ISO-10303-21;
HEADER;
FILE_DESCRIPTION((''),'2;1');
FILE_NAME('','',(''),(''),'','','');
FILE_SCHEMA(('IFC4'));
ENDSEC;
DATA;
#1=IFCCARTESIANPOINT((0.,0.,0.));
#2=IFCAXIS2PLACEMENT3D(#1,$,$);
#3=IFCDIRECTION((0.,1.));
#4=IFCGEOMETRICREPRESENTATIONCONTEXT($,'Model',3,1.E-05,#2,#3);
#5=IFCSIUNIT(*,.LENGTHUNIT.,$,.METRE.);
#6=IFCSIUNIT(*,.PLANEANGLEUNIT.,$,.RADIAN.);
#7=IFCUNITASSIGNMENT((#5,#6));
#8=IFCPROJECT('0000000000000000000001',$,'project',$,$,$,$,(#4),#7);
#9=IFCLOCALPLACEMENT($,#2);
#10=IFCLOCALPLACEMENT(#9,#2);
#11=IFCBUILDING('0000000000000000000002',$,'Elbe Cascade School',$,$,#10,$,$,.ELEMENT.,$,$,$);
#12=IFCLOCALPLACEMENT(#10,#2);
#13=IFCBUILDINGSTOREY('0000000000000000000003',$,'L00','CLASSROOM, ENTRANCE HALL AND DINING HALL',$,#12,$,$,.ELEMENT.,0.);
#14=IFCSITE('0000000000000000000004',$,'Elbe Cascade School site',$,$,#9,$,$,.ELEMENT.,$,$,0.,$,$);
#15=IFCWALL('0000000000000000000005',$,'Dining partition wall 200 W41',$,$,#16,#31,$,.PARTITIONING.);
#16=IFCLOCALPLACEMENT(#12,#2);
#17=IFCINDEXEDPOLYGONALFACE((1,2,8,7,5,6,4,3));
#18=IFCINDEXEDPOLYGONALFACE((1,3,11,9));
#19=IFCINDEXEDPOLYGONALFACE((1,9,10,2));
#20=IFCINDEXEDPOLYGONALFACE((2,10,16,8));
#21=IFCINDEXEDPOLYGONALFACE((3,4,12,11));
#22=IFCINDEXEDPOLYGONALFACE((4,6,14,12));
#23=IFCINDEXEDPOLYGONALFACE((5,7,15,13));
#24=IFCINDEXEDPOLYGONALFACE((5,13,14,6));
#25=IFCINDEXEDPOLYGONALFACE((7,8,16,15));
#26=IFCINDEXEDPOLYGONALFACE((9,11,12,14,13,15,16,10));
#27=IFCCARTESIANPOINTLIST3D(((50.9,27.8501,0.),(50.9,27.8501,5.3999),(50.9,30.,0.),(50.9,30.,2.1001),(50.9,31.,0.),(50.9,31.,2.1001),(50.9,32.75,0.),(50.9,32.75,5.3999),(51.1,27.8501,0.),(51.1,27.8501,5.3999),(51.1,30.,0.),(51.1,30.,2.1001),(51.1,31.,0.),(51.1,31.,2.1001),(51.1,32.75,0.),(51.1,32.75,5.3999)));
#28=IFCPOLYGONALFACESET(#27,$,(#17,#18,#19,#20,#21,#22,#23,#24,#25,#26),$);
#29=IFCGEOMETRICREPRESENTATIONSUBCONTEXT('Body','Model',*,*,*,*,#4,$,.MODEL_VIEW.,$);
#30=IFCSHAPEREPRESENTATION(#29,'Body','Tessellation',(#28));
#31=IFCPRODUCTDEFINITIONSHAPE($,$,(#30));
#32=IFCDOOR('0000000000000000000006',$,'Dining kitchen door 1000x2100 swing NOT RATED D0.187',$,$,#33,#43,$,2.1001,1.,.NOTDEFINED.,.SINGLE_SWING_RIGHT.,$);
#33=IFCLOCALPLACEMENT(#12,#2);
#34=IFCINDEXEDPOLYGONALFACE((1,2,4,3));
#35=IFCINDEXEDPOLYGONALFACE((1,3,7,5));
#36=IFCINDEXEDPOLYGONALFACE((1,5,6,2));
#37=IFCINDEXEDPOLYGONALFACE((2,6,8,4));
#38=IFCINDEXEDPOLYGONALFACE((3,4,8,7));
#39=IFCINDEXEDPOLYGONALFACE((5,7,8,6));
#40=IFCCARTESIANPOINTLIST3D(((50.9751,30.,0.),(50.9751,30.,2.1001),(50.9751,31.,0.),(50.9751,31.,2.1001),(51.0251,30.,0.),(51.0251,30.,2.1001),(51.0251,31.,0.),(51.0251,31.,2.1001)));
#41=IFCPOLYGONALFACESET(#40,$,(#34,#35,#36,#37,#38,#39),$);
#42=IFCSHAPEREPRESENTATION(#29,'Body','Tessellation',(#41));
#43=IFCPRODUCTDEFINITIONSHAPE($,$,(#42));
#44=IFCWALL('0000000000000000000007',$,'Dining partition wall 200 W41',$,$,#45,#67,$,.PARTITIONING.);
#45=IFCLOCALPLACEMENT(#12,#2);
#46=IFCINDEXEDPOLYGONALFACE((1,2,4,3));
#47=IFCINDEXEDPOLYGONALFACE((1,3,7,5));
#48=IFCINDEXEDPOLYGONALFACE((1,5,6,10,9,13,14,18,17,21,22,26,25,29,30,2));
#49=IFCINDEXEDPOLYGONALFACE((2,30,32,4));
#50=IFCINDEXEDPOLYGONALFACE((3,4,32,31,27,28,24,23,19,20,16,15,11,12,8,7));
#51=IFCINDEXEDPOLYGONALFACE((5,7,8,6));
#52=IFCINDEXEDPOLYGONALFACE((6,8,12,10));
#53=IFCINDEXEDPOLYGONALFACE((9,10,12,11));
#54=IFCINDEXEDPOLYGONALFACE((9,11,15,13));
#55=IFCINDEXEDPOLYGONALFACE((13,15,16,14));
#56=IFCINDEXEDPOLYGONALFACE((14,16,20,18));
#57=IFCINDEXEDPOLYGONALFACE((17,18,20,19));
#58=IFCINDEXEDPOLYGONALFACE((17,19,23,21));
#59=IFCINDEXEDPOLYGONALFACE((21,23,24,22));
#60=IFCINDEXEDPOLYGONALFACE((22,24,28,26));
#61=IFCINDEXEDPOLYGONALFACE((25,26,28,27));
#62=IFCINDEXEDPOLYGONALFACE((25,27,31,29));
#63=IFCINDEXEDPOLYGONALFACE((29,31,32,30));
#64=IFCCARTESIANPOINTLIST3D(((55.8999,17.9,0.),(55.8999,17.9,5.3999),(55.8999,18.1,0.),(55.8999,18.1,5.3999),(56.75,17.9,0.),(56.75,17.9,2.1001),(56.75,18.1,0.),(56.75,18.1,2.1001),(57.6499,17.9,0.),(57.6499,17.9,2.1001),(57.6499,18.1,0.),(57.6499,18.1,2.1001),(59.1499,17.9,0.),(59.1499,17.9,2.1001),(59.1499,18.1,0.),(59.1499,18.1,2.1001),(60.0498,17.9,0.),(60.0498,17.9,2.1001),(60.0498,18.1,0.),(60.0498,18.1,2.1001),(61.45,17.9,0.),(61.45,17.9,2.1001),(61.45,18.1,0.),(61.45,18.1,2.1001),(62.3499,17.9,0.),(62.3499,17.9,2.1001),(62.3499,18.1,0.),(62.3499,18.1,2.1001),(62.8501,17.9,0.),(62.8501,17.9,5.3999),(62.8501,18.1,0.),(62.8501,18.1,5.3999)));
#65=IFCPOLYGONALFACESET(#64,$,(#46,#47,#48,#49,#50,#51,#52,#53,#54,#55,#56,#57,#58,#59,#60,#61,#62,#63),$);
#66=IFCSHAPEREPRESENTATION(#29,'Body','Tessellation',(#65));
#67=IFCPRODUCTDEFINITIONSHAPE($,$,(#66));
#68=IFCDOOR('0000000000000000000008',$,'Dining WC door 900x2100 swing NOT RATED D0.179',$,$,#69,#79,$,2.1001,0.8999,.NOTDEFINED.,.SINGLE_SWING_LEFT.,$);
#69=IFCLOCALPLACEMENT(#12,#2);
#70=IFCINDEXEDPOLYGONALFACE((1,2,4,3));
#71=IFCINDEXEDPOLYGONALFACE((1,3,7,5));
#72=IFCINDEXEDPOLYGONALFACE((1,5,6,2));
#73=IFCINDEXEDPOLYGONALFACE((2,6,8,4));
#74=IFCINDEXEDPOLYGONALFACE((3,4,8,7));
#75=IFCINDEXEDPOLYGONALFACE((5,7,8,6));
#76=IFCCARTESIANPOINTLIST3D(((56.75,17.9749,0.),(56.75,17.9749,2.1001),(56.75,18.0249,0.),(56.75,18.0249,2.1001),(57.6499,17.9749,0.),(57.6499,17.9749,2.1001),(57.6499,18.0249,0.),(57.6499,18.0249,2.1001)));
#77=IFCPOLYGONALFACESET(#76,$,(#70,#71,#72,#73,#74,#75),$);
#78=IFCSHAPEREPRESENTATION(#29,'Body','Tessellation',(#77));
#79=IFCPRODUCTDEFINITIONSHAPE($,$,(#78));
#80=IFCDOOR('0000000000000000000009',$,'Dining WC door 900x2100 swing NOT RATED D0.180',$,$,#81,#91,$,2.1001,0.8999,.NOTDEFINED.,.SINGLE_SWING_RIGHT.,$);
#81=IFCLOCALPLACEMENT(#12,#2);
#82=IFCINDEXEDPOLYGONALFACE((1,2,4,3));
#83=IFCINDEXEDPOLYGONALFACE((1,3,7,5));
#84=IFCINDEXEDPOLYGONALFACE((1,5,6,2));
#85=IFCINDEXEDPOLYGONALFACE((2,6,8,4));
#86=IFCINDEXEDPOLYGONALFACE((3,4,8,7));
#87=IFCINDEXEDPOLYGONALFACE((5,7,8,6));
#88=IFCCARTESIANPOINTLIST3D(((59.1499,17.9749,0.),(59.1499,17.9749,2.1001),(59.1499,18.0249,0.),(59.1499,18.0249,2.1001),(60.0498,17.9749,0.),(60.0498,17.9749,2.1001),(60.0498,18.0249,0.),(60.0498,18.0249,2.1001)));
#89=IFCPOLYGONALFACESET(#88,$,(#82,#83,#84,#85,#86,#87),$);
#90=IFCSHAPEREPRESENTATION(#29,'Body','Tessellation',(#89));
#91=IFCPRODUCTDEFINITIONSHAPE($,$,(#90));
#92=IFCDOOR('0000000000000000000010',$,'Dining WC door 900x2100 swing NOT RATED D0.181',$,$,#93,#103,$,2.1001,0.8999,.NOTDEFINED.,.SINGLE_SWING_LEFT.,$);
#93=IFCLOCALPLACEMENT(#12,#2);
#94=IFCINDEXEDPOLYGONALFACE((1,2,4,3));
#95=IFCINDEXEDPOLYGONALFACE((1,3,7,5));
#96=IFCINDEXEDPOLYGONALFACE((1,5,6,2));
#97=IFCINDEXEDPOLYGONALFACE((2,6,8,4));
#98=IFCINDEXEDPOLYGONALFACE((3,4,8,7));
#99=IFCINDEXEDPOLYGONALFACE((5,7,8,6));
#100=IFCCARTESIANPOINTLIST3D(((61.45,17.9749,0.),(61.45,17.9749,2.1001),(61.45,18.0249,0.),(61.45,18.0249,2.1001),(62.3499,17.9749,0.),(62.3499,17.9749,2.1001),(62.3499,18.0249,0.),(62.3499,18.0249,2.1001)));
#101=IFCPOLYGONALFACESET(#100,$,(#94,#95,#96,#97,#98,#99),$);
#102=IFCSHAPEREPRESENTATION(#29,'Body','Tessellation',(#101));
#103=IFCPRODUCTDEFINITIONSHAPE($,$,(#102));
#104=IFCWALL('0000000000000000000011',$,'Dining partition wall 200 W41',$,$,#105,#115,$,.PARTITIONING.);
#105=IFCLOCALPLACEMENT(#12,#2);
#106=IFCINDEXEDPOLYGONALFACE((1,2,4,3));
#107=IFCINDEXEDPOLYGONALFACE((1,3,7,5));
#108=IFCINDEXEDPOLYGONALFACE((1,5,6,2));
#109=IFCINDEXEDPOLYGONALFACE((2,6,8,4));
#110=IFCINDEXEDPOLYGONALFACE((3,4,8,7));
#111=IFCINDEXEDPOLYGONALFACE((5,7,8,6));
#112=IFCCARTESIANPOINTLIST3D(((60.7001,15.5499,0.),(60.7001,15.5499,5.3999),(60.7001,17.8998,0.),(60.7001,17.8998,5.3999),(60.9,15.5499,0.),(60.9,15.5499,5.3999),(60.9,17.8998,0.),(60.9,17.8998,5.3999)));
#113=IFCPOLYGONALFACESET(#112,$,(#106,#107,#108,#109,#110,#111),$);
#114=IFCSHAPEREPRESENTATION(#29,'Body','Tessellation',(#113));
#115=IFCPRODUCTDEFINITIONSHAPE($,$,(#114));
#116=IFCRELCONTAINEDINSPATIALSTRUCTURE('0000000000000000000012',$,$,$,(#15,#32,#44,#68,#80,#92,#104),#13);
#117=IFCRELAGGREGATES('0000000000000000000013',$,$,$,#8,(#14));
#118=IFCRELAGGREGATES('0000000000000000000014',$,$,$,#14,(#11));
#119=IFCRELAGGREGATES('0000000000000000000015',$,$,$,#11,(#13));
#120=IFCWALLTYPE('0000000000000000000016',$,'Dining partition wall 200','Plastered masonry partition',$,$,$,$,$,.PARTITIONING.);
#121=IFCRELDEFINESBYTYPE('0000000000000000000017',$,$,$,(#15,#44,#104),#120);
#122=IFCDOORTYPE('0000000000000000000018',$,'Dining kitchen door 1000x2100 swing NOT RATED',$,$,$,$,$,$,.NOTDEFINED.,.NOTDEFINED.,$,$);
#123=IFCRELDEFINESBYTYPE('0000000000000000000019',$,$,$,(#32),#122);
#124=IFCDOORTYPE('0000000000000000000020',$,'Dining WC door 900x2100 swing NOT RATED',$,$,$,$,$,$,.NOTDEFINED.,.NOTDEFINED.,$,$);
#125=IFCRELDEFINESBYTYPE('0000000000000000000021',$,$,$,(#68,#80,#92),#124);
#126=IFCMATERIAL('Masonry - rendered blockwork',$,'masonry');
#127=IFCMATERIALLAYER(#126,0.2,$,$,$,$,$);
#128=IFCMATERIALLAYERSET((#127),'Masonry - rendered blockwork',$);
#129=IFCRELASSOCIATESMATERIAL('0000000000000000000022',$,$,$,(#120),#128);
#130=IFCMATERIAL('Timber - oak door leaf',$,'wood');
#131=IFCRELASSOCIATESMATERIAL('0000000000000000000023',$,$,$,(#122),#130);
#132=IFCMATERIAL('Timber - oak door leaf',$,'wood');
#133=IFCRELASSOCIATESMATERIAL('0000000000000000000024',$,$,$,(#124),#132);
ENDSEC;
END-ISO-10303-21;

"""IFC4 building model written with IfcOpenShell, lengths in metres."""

from ifc_helpers import new_model, si_unit, direction, frame, frame_2d, origin, place, context, subcontext, project, spatial, rectangle, extrude, material, layer, layer_set, type_object, element, fill, save


model = new_model("IFC4")

# Units and contexts
model_context = context("Model", 3, precision=1e-05, world=origin(), true_north=direction((0.0, 1.0)))
body_context = subcontext(model_context, "Body", "Model", "MODEL_VIEW")
ifc_project = project(units=[si_unit("LENGTHUNIT", "METRE"), si_unit("PLANEANGLEUNIT", "RADIAN")], contexts=[model_context])

# Site, building, storey
site_placement = place(None, origin())
site = spatial("IfcSite", under=ifc_project, at=site_placement, Name="Elbe Cascade School site", CompositionType="ELEMENT", RefElevation=0.0)
building_placement = place(site_placement, origin())
building = spatial("IfcBuilding", under=site, at=building_placement, Name="Elbe Cascade School", CompositionType="ELEMENT")
storey_placement = place(building_placement, origin())
storey = spatial("IfcBuildingStorey", under=building, at=storey_placement, Name="L00", Description="CLASSROOM, ENTRANCE HALL AND DINING HALL", CompositionType="ELEMENT", Elevation=0.0)

# Wall, opening, door
ifc_material_1 = material(Name="Masonry - rendered blockwork", Category="masonry")
ifc_layer_1 = layer(ifc_material_1, 0.2)
ifc_layer_set_1 = layer_set([ifc_layer_1], Name="Masonry - rendered blockwork")
wall_type = type_object("IfcWallType", Name="Dining partition wall 200", Description="Plastered masonry partition", PredefinedType="PARTITIONING", material=ifc_layer_set_1)
wall_1_placement = place(storey_placement, frame((51.0, 27.8501, 0.0), z_axis=(0.0, 0.0, 1.0), x_axis=(0.0, 1.0, 0.0)))
wall_1 = element("IfcWall", 1, at=wall_1_placement, inside=storey, type_object=wall_type, Name="Dining partition wall 200 W41", PredefinedType="PARTITIONING", context=body_context, shape_type="SweptSolid", body=[
    extrude(rectangle(XDim=4.8999, YDim=0.2, at=frame_2d((2.45, 0.0))), origin(), (0.0, 0.0, 1.0), 5.3999),
])
opening_1_placement = place(wall_1_placement, frame((2.1499, 0.0, 0.0)))
opening_1 = element("IfcOpeningElement", 2, at=opening_1_placement, cuts=wall_1, PredefinedType="OPENING", context=body_context, shape_type="SweptSolid", body=[
    extrude(rectangle(XDim=1.0, YDim=2.1001, at=frame_2d((0.5, 1.05))), frame((0.0, 0.1099, 0.0), z_axis=(0.0, -1.0, 0.0), x_axis=(1.0, 0.0, 0.0)), (0.0, 0.0, 1.0), 0.22),
])
ifc_material_2 = material(Name="Timber - oak door leaf", Category="wood")
door_type_1 = type_object("IfcDoorType", Name="Dining kitchen door 1000x2100 swing NOT RATED", OperationType="NOTDEFINED", PredefinedType="NOTDEFINED", material=ifc_material_2)
door_1_placement = place(opening_1_placement, origin())
door_1 = element("IfcDoor", 3, at=door_1_placement, inside=storey, type_object=door_type_1, Name="Dining kitchen door 1000x2100 swing NOT RATED D0.187", OperationType="SINGLE_SWING_RIGHT", OverallHeight=2.1001, OverallWidth=1.0, PredefinedType="NOTDEFINED", context=body_context, shape_type="SweptSolid", body=[
    extrude(rectangle(XDim=1.0, YDim=2.1001, at=frame_2d((0.5, 1.05))), frame((0.0, 0.0249, 0.0), z_axis=(0.0, -1.0, 0.0), x_axis=(1.0, 0.0, 0.0)), (0.0, 0.0, 1.0), 0.05),
])
fill(opening_1, door_1)

# Wall, openings, doors
wall_2_placement = place(storey_placement, frame((55.8999, 18.0, 0.0), z_axis=(0.0, 0.0, 1.0), x_axis=(1.0, 0.0, 0.0)))
wall_2 = element("IfcWall", 4, at=wall_2_placement, inside=storey, type_object=wall_type, Name="Dining partition wall 200 W41", PredefinedType="PARTITIONING", context=body_context, shape_type="SweptSolid", body=[
    extrude(rectangle(XDim=6.9502, YDim=0.2, at=frame_2d((3.4751, 0.0))), origin(), (0.0, 0.0, 1.0), 5.3999),
])
opening_2_placement = place(wall_2_placement, frame((0.8501, 0.0, 0.0)))
opening_2 = element("IfcOpeningElement", 5, at=opening_2_placement, cuts=wall_2, PredefinedType="OPENING", context=body_context, shape_type="SweptSolid", body=[
    extrude(rectangle(XDim=0.8999, YDim=2.1001, at=frame_2d((0.45, 1.05))), frame((0.0, 0.1099, 0.0), z_axis=(0.0, -1.0, 0.0), x_axis=(1.0, 0.0, 0.0)), (0.0, 0.0, 1.0), 0.22),
])
opening_3_placement = place(wall_2_placement, frame((3.25, 0.0, 0.0)))
opening_3 = element("IfcOpeningElement", 6, at=opening_3_placement, cuts=wall_2, PredefinedType="OPENING", context=body_context, shape_type="SweptSolid", body=[
    extrude(rectangle(XDim=0.8999, YDim=2.1001, at=frame_2d((0.45, 1.05))), frame((0.0, 0.1099, 0.0), z_axis=(0.0, -1.0, 0.0), x_axis=(1.0, 0.0, 0.0)), (0.0, 0.0, 1.0), 0.22),
])
opening_4_placement = place(wall_2_placement, frame((5.55, 0.0, 0.0)))
opening_4 = element("IfcOpeningElement", 7, at=opening_4_placement, cuts=wall_2, PredefinedType="OPENING", context=body_context, shape_type="SweptSolid", body=[
    extrude(rectangle(XDim=0.8999, YDim=2.1001, at=frame_2d((0.45, 1.05))), frame((0.0, 0.1099, 0.0), z_axis=(0.0, -1.0, 0.0), x_axis=(1.0, 0.0, 0.0)), (0.0, 0.0, 1.0), 0.22),
])
ifc_material_3 = material(Name="Timber - oak door leaf", Category="wood")
door_type_2 = type_object("IfcDoorType", Name="Dining WC door 900x2100 swing NOT RATED", OperationType="NOTDEFINED", PredefinedType="NOTDEFINED", material=ifc_material_3)
door_2_placement = place(opening_2_placement, origin())
door_2 = element("IfcDoor", 8, at=door_2_placement, inside=storey, type_object=door_type_2, Name="Dining WC door 900x2100 swing NOT RATED D0.179", OperationType="SINGLE_SWING_LEFT", OverallHeight=2.1001, OverallWidth=0.8999, PredefinedType="NOTDEFINED", context=body_context, shape_type="SweptSolid", body=[
    extrude(rectangle(XDim=0.8999, YDim=2.1001, at=frame_2d((0.45, 1.05))), frame((0.0, 0.0249, 0.0), z_axis=(0.0, -1.0, 0.0), x_axis=(1.0, 0.0, 0.0)), (0.0, 0.0, 1.0), 0.05),
])
fill(opening_2, door_2)
door_3_placement = place(opening_3_placement, origin())
door_3 = element("IfcDoor", 9, at=door_3_placement, inside=storey, type_object=door_type_2, Name="Dining WC door 900x2100 swing NOT RATED D0.180", OperationType="SINGLE_SWING_RIGHT", OverallHeight=2.1001, OverallWidth=0.8999, PredefinedType="NOTDEFINED", context=body_context, shape_type="SweptSolid", body=[
    extrude(rectangle(XDim=0.8999, YDim=2.1001, at=frame_2d((0.45, 1.05))), frame((0.0, 0.0249, 0.0), z_axis=(0.0, -1.0, 0.0), x_axis=(1.0, 0.0, 0.0)), (0.0, 0.0, 1.0), 0.05),
])
fill(opening_3, door_3)
door_4_placement = place(opening_4_placement, origin())
door_4 = element("IfcDoor", 10, at=door_4_placement, inside=storey, type_object=door_type_2, Name="Dining WC door 900x2100 swing NOT RATED D0.181", OperationType="SINGLE_SWING_LEFT", OverallHeight=2.1001, OverallWidth=0.8999, PredefinedType="NOTDEFINED", context=body_context, shape_type="SweptSolid", body=[
    extrude(rectangle(XDim=0.8999, YDim=2.1001, at=frame_2d((0.45, 1.05))), frame((0.0, 0.0249, 0.0), z_axis=(0.0, -1.0, 0.0), x_axis=(1.0, 0.0, 0.0)), (0.0, 0.0, 1.0), 0.05),
])
fill(opening_4, door_4)

# Wall
wall_3_placement = place(storey_placement, frame((60.8, 15.55, 0.0), z_axis=(0.0, 0.0, 1.0), x_axis=(0.0, 1.0, 0.0)))
element("IfcWall", 11, at=wall_3_placement, inside=storey, type_object=wall_type, Name="Dining partition wall 200 W41", PredefinedType="PARTITIONING", context=body_context, shape_type="SweptSolid", body=[
    extrude(rectangle(XDim=2.3499, YDim=0.2, at=frame_2d((1.1748, 0.0))), origin(), (0.0, 0.0, 1.0), 5.3999),
])

save(model, "model.ifc")
